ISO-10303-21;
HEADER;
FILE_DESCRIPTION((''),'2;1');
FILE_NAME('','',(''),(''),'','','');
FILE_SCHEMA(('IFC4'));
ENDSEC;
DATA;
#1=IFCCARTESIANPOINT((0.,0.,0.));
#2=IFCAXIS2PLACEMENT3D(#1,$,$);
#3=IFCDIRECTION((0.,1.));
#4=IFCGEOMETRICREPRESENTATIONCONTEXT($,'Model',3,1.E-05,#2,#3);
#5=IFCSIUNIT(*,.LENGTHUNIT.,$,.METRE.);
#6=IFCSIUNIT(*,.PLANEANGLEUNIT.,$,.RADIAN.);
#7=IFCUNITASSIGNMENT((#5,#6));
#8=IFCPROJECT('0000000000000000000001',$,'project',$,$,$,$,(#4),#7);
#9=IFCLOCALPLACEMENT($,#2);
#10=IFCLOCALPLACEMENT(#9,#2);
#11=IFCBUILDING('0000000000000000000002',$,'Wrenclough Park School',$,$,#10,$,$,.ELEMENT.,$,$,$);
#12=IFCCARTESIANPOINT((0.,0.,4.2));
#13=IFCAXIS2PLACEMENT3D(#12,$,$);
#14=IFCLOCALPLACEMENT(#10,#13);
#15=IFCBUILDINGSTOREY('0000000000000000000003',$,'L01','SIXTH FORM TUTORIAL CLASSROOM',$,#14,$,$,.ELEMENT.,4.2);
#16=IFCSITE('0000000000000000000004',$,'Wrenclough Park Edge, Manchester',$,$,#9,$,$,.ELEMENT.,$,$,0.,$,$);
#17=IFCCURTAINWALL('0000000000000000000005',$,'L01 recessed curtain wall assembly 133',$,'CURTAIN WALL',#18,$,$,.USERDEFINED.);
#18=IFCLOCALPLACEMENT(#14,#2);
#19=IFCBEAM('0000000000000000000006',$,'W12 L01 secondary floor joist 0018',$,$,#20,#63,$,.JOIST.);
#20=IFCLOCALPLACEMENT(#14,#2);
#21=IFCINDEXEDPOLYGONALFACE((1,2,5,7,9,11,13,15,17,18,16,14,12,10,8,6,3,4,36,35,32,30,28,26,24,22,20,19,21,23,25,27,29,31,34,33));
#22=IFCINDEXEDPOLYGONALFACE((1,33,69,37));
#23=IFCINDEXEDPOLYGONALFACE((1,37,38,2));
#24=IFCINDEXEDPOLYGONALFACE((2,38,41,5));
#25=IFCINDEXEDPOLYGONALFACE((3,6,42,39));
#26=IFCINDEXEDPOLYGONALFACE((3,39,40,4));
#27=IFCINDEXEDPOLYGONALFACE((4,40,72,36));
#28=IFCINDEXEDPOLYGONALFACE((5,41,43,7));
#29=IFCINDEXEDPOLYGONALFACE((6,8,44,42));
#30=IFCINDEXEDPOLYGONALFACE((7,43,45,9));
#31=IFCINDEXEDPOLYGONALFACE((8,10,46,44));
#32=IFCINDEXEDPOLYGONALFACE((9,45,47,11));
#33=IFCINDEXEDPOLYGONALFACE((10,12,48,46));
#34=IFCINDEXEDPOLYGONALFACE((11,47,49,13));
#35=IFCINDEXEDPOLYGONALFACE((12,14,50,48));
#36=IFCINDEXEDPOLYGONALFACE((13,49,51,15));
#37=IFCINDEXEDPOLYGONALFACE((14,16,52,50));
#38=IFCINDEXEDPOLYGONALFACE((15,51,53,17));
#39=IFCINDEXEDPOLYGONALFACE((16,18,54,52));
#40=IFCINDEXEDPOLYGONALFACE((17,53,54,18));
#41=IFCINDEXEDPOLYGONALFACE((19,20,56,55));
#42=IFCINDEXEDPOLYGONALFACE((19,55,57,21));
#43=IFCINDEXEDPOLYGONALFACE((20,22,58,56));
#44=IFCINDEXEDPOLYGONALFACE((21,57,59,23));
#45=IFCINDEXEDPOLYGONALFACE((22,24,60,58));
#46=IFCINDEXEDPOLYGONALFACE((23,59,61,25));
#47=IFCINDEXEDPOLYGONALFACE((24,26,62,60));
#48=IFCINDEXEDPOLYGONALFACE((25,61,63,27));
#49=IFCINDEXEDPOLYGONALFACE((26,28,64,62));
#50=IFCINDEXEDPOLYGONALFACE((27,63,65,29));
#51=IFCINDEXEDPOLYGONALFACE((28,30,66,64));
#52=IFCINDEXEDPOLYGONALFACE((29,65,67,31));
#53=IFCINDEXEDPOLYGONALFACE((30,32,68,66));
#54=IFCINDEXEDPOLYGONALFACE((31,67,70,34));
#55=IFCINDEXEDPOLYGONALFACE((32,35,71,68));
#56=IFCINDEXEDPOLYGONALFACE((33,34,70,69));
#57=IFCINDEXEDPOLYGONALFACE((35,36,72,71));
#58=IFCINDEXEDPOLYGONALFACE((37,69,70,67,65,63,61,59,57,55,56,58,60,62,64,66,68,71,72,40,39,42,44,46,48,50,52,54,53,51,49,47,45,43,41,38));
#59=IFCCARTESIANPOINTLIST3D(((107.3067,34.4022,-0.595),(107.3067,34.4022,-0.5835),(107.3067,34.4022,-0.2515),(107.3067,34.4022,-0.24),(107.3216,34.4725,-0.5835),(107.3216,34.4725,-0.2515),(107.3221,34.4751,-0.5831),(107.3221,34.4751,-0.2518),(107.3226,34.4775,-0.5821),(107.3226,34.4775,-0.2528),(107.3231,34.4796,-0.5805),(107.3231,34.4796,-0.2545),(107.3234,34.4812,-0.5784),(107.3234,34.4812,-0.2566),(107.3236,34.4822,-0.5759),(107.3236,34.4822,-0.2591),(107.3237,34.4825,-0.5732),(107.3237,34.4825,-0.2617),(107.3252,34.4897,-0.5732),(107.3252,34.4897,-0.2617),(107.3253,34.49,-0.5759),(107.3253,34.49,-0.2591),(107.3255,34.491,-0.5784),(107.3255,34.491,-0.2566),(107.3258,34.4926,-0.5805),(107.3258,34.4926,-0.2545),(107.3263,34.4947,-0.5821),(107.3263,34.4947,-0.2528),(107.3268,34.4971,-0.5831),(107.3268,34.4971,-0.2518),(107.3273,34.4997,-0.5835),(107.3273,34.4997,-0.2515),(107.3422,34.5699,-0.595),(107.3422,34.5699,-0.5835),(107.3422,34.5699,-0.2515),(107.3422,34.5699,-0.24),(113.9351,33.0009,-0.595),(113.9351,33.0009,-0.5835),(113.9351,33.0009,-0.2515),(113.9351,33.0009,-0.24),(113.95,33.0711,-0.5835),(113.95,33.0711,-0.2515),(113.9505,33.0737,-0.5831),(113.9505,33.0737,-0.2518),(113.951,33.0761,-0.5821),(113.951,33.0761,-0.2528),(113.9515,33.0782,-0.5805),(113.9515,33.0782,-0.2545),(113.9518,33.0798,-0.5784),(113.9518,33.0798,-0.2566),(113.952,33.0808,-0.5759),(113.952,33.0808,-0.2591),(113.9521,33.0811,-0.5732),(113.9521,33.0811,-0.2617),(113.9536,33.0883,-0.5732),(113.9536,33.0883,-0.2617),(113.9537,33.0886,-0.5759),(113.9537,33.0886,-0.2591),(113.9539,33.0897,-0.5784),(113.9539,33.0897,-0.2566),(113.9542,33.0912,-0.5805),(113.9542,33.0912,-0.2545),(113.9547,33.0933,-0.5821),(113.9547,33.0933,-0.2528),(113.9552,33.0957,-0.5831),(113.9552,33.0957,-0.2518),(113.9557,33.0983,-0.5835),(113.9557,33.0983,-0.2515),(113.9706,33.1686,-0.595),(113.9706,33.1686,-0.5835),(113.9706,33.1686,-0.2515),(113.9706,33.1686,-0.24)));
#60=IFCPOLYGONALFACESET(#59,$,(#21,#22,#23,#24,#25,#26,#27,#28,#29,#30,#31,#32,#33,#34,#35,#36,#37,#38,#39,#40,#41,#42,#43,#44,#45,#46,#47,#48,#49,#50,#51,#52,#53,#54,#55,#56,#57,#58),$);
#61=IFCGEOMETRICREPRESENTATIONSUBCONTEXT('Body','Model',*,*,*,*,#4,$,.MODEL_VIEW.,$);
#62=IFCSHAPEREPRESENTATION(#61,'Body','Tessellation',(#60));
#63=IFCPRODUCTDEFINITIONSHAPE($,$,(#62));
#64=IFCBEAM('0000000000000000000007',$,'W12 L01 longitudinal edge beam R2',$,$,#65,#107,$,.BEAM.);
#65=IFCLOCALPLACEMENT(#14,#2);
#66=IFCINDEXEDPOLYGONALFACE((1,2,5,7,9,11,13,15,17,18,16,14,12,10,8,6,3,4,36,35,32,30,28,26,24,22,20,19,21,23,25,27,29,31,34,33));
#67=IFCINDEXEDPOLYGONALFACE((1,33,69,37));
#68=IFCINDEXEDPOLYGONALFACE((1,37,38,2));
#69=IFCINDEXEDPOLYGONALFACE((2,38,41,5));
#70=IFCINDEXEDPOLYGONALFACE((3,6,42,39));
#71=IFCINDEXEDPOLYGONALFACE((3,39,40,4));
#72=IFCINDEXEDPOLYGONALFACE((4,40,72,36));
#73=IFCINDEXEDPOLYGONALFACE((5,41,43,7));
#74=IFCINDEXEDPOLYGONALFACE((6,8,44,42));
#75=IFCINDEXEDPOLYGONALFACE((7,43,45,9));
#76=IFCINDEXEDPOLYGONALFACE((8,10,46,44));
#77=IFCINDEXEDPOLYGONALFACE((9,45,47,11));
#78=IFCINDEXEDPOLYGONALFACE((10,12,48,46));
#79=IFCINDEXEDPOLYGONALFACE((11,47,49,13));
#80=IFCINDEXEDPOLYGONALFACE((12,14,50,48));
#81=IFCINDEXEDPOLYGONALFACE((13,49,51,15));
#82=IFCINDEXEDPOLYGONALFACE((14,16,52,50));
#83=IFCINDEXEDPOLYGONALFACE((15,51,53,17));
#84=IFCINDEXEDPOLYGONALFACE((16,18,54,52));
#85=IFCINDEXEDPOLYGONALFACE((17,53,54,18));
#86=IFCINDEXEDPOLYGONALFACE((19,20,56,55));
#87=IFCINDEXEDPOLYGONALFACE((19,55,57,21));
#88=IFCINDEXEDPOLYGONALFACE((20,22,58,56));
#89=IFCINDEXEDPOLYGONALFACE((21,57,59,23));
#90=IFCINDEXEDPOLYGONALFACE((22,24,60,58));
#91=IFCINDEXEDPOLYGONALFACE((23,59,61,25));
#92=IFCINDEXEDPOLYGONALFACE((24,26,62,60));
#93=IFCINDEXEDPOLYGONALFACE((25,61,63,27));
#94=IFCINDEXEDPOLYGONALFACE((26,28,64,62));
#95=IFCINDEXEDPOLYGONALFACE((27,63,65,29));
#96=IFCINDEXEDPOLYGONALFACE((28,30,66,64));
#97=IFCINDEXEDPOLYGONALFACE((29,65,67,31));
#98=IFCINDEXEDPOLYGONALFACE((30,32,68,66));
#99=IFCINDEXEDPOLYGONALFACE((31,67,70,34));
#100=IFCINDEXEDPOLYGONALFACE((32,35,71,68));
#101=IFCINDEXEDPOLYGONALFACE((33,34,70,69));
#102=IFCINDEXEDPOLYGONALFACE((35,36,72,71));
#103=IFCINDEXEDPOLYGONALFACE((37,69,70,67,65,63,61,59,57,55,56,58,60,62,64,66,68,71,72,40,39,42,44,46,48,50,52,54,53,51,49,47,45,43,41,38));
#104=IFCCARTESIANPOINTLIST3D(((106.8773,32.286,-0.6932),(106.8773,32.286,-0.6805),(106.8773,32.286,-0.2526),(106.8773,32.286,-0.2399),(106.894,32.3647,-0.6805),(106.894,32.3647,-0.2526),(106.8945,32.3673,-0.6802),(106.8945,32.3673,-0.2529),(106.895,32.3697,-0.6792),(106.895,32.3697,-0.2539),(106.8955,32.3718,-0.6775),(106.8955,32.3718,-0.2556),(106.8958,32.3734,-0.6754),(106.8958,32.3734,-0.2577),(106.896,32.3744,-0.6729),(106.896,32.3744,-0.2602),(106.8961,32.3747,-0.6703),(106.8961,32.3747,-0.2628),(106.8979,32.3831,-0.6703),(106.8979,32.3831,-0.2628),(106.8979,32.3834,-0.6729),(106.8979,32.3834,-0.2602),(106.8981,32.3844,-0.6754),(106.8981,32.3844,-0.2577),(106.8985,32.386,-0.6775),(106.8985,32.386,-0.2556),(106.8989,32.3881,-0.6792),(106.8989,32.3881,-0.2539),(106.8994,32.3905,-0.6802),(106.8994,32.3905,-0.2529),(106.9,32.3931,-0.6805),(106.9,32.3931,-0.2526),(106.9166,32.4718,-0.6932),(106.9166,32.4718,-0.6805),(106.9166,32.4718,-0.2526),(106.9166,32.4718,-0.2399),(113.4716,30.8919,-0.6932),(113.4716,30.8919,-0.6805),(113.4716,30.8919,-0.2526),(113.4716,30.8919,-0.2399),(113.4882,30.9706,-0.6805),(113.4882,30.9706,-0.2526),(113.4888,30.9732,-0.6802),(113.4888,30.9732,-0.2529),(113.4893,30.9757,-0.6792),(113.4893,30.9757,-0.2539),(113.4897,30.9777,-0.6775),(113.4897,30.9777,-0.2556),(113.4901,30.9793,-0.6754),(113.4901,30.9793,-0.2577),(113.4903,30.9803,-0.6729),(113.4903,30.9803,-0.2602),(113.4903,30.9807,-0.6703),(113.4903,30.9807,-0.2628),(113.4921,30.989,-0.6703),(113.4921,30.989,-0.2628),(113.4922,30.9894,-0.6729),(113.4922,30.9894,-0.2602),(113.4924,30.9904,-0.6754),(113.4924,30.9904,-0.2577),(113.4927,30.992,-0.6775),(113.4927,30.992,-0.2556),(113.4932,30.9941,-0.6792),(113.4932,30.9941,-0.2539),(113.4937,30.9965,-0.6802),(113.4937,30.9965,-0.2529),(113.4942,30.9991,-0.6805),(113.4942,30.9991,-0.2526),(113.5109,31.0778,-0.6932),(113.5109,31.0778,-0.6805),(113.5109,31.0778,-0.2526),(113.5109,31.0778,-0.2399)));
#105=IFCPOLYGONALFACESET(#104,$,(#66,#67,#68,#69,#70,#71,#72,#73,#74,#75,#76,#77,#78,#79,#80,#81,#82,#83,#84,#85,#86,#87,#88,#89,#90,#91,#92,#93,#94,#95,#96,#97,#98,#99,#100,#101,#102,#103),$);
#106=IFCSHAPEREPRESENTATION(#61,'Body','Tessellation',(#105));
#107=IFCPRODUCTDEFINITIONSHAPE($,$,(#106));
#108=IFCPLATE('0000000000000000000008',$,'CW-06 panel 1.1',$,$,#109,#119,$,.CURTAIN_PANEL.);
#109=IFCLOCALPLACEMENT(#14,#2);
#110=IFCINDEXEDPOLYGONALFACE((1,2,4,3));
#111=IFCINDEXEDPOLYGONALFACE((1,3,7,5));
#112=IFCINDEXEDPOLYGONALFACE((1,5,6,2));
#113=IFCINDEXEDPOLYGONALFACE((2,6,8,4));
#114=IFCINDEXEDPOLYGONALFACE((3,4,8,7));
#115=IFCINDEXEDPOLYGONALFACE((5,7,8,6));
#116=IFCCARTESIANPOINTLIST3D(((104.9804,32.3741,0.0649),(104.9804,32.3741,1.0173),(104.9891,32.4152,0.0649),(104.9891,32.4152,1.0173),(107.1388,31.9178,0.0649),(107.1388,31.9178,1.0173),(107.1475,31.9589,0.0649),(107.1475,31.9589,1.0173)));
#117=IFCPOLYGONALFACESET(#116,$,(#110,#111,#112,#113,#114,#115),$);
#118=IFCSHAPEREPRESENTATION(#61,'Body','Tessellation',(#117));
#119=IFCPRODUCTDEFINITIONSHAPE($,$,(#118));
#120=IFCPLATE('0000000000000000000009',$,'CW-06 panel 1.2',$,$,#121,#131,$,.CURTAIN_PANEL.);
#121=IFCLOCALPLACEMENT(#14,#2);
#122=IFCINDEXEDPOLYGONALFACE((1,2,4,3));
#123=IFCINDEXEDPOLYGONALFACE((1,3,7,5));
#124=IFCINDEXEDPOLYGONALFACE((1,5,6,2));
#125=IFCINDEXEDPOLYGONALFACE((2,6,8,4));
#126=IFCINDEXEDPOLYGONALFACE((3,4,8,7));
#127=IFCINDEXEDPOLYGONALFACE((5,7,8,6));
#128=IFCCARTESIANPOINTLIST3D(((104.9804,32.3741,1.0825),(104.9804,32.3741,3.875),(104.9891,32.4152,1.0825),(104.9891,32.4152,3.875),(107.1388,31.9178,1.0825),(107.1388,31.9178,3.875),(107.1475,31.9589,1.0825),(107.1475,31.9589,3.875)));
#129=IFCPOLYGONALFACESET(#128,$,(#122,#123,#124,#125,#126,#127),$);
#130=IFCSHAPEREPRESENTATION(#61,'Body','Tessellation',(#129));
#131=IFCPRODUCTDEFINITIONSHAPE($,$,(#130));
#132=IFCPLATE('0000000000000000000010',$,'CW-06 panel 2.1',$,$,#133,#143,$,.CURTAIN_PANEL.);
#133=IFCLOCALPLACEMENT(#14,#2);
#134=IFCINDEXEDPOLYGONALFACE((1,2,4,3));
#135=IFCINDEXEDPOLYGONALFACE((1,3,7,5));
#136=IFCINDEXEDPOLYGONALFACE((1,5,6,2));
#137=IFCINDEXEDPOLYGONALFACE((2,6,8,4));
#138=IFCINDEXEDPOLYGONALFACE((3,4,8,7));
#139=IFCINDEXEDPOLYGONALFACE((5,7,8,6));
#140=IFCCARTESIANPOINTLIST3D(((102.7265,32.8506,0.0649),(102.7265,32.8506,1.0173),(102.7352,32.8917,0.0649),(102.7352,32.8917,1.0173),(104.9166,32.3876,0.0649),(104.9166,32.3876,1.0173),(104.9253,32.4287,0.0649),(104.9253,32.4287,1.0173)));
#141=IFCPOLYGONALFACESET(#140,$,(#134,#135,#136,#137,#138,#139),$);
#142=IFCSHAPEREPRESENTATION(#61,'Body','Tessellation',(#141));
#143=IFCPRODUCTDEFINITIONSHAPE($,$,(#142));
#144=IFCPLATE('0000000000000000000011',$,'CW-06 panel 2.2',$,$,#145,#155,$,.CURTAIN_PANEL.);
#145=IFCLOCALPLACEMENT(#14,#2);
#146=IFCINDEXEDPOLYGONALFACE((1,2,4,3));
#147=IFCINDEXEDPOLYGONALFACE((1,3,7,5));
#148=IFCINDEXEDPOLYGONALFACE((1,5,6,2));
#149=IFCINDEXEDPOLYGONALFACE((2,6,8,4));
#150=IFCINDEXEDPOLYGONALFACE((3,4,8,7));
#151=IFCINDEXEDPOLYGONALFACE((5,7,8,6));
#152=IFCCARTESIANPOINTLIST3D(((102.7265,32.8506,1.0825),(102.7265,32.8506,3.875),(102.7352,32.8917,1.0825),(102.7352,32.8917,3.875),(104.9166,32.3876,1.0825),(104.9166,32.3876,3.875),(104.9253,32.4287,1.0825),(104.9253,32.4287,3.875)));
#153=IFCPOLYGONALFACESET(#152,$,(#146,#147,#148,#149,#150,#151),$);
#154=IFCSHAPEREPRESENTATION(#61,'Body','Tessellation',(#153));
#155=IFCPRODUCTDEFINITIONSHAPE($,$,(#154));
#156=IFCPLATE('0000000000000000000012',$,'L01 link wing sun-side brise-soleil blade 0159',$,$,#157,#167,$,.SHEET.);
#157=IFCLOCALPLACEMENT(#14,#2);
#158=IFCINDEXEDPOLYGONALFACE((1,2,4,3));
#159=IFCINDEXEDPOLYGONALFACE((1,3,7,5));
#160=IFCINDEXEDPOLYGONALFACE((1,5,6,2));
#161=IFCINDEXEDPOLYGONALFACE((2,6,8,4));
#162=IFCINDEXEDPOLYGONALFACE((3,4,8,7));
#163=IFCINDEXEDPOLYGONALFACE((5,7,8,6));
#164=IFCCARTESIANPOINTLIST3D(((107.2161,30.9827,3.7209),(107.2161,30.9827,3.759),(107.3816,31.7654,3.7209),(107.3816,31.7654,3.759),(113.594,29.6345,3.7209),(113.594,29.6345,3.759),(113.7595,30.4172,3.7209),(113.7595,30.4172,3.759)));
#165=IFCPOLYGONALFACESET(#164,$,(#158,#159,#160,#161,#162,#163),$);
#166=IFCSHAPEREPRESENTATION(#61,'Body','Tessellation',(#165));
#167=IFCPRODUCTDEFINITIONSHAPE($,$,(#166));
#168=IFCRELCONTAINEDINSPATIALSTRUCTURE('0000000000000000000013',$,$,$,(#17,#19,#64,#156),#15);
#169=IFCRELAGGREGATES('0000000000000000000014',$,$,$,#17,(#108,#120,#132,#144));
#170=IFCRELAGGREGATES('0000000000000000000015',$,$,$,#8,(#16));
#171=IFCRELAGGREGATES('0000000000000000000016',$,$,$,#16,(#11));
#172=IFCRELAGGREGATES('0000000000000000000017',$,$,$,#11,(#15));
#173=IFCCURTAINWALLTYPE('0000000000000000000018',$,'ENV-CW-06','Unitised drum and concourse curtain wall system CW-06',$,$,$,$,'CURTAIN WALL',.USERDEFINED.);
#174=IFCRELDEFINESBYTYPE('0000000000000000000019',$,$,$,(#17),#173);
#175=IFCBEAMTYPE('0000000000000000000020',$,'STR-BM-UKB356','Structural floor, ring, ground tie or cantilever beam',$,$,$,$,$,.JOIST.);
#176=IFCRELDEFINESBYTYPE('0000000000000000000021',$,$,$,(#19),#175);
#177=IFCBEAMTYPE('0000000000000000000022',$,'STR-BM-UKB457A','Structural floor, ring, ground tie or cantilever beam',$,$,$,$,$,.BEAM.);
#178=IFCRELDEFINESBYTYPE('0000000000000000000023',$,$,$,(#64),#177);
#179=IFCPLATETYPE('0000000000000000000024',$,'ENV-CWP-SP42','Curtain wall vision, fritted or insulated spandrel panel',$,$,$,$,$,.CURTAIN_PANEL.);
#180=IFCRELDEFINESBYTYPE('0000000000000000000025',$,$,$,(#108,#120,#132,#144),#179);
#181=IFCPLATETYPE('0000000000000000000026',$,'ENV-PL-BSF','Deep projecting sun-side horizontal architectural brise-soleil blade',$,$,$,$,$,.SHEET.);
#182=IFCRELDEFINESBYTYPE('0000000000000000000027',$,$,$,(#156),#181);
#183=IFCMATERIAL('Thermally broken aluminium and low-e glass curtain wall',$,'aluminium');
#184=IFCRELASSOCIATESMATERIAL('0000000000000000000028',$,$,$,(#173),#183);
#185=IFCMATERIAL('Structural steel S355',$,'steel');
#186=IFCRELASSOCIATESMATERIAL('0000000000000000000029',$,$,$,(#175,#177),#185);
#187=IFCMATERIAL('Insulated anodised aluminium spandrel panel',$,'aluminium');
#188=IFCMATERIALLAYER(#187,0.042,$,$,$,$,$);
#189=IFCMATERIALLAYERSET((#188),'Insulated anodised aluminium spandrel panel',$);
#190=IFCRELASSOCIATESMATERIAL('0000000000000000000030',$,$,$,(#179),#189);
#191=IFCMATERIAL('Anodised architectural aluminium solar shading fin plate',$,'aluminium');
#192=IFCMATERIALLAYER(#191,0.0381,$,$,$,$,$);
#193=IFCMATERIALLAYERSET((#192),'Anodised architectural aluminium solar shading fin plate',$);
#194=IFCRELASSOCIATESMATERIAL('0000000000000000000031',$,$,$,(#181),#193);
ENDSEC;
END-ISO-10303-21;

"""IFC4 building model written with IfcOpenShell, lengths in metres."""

from ifc_helpers import new_model, si_unit, direction, frame, origin, origin_2d, place, context, subcontext, project, spatial, rectangle, i_section, extrude, material, layer, layer_set, material_profile, profile_set, type_object, element, aggregate, save


model = new_model("IFC4")

# Units and contexts
model_context = context("Model", 3, precision=1e-05, world=origin(), true_north=direction((0.0, 1.0)))
body_context = subcontext(model_context, "Body", "Model", "MODEL_VIEW")
ifc_project = project(units=[si_unit("LENGTHUNIT", "METRE"), si_unit("PLANEANGLEUNIT", "RADIAN")], contexts=[model_context])

# Site, building, storey
site_placement = place(None, origin())
site = spatial("IfcSite", under=ifc_project, at=site_placement, Name="Wrenclough Park Edge, Manchester", CompositionType="ELEMENT", RefElevation=0.0)
building_placement = place(site_placement, origin())
building = spatial("IfcBuilding", under=site, at=building_placement, Name="Wrenclough Park School", CompositionType="ELEMENT")
storey_placement = place(building_placement, frame((0.0, 0.0, 4.2)))
storey = spatial("IfcBuildingStorey", under=building, at=storey_placement, Name="L01", Description="SIXTH FORM TUTORIAL CLASSROOM", CompositionType="ELEMENT", Elevation=4.2)

# Shared definitions
ifc_material_1 = material(Name="Structural steel S355", Category="steel")

# Shared definitions
ifc_material_2 = material(Name="Thermally broken aluminium and low-e glass curtain wall", Category="aluminium")

# Curtain wall
curtain_wall_type_1 = type_object("IfcCurtainWallType", Name="ENV-CW-06", Description="Unitised drum and concourse curtain wall system CW-06", ElementType="CURTAIN WALL", PredefinedType="USERDEFINED", material=ifc_material_2)
curtain_wall_1_placement = place(storey_placement, origin())
curtain_wall_1 = element("IfcCurtainWall", 1, at=curtain_wall_1_placement, inside=storey, type_object=curtain_wall_type_1, Name="L01 recessed curtain wall assembly 133", ObjectType="CURTAIN WALL", PredefinedType="USERDEFINED")

# Beams
ifc_material_profile_1 = material_profile(ifc_material_1, i_section(OverallWidth=0.1714, OverallDepth=0.355, WebThickness=0.0073, FlangeThickness=0.0115, FilletRadius=0.0103, at=origin_2d()), Name="UKB 356x171x51")
ifc_profile_set_1 = profile_set([ifc_material_profile_1], Name="Structural steel S355")
beam_type_1 = type_object("IfcBeamType", Name="STR-BM-UKB356", Description="Structural floor, ring, ground tie or cantilever beam", PredefinedType="JOIST", material=ifc_profile_set_1)
beam_1_placement = place(storey_placement, frame((107.3245, 34.4861, -0.4175), z_axis=(0.978374, -0.206846, 0.0), x_axis=(0.206846, 0.978374, 0.0)))
element("IfcBeam", 2, at=beam_1_placement, inside=storey, type_object=beam_type_1, Name="W12 L01 secondary floor joist 0018", PredefinedType="JOIST", context=body_context, shape_type="SweptSolid", body=[
    extrude(i_section(OverallWidth=0.1714, OverallDepth=0.355, WebThickness=0.0073, FlangeThickness=0.0115, FilletRadius=0.0103, at=origin_2d()), origin(), (0.0, 0.0, 1.0), 6.7749),
])
ifc_material_profile_2 = material_profile(ifc_material_1, i_section(OverallWidth=0.1899, OverallDepth=0.4534, WebThickness=0.0085, FlangeThickness=0.0127, FilletRadius=0.0103, at=origin_2d()), Name="UKB 457x191x67")
ifc_profile_set_2 = profile_set([ifc_material_profile_2], Name="Structural steel S355")
beam_type_2 = type_object("IfcBeamType", Name="STR-BM-UKB457A", Description="Structural floor, ring, ground tie or cantilever beam", PredefinedType="BEAM", material=ifc_profile_set_2)
beam_2_placement = place(storey_placement, frame((106.897, 32.3789, -0.4666), z_axis=(0.978376, -0.206832, 0.0), x_axis=(0.206832, 0.978376, 0.0)))
element("IfcBeam", 3, at=beam_2_placement, inside=storey, type_object=beam_type_2, Name="W12 L01 longitudinal edge beam R2", PredefinedType="BEAM", context=body_context, shape_type="SweptSolid", body=[
    extrude(i_section(OverallWidth=0.1899, OverallDepth=0.4534, WebThickness=0.0085, FlangeThickness=0.0127, FilletRadius=0.0103, at=origin_2d()), origin(), (0.0, 0.0, 1.0), 6.74),
])

# Plates
ifc_material_3 = material(Name="Insulated anodised aluminium spandrel panel", Category="aluminium")
ifc_layer_1 = layer(ifc_material_3, 0.042)
ifc_layer_set_1 = layer_set([ifc_layer_1], Name="Insulated anodised aluminium spandrel panel")
plate_type_1 = type_object("IfcPlateType", Name="ENV-CWP-SP42", Description="Curtain wall vision, fritted or insulated spandrel panel", PredefinedType="CURTAIN_PANEL", material=ifc_layer_set_1)
plate_1_placement = place(storey_placement, frame((106.064, 32.1665, 0.0649), z_axis=(0.0, 0.0, 1.0), x_axis=(-0.978379, 0.206818, 0.0)))
plate_1 = element("IfcPlate", 4, at=plate_1_placement, type_object=plate_type_1, Name="CW-06 panel 1.1", PredefinedType="CURTAIN_PANEL", context=body_context, shape_type="SweptSolid", body=[
    extrude(rectangle(XDim=2.2061, YDim=0.042, at=origin_2d()), origin(), (0.0, 0.0, 1.0), 0.9524),
])
plate_2_placement = place(storey_placement, frame((106.064, 32.1665, 1.0825), z_axis=(0.0, 0.0, 1.0), x_axis=(-0.978379, 0.206818, 0.0)))
plate_2 = element("IfcPlate", 5, at=plate_2_placement, type_object=plate_type_1, Name="CW-06 panel 1.2", PredefinedType="CURTAIN_PANEL", context=body_context, shape_type="SweptSolid", body=[
    extrude(rectangle(XDim=2.2061, YDim=0.042, at=origin_2d()), origin(), (0.0, 0.0, 1.0), 2.7925),
])
plate_3_placement = place(storey_placement, frame((103.8259, 32.6396, 0.0649), z_axis=(0.0, 0.0, 1.0), x_axis=(-0.978379, 0.206818, 0.0)))
plate_3 = element("IfcPlate", 6, at=plate_3_placement, type_object=plate_type_1, Name="CW-06 panel 2.1", PredefinedType="CURTAIN_PANEL", context=body_context, shape_type="SweptSolid", body=[
    extrude(rectangle(XDim=2.2385, YDim=0.042, at=origin_2d()), origin(), (0.0, 0.0, 1.0), 0.9524),
])
plate_4_placement = place(storey_placement, frame((103.8259, 32.6396, 1.0825), z_axis=(0.0, 0.0, 1.0), x_axis=(-0.978379, 0.206818, 0.0)))
plate_4 = element("IfcPlate", 7, at=plate_4_placement, type_object=plate_type_1, Name="CW-06 panel 2.2", PredefinedType="CURTAIN_PANEL", context=body_context, shape_type="SweptSolid", body=[
    extrude(rectangle(XDim=2.2385, YDim=0.042, at=origin_2d()), origin(), (0.0, 0.0, 1.0), 2.7925),
])
aggregate(curtain_wall_1, [plate_1, plate_2, plate_3, plate_4])
ifc_material_4 = material(Name="Anodised architectural aluminium solar shading fin plate", Category="aluminium")
ifc_layer_2 = layer(ifc_material_4, 0.0381)
ifc_layer_set_2 = layer_set([ifc_layer_2], Name="Anodised architectural aluminium solar shading fin plate")
plate_type_2 = type_object("IfcPlateType", Name="ENV-PL-BSF", Description="Deep projecting sun-side horizontal architectural brise-soleil blade", PredefinedType="SHEET", material=ifc_layer_set_2)
plate_5_placement = place(storey_placement, frame((110.4878, 30.7, 3.7209), z_axis=(0.0, 0.0, 1.0), x_axis=(-0.978381, 0.206811, 0.0)))
element("IfcPlate", 8, at=plate_5_placement, inside=storey, type_object=plate_type_2, Name="L01 link wing sun-side brise-soleil blade 0159", PredefinedType="SHEET", context=body_context, shape_type="SweptSolid", body=[
    extrude(rectangle(XDim=6.5188, YDim=0.8, at=origin_2d()), origin(), (0.0, 0.0, 1.0), 0.0381),
])

save(model, "model.ifc")
